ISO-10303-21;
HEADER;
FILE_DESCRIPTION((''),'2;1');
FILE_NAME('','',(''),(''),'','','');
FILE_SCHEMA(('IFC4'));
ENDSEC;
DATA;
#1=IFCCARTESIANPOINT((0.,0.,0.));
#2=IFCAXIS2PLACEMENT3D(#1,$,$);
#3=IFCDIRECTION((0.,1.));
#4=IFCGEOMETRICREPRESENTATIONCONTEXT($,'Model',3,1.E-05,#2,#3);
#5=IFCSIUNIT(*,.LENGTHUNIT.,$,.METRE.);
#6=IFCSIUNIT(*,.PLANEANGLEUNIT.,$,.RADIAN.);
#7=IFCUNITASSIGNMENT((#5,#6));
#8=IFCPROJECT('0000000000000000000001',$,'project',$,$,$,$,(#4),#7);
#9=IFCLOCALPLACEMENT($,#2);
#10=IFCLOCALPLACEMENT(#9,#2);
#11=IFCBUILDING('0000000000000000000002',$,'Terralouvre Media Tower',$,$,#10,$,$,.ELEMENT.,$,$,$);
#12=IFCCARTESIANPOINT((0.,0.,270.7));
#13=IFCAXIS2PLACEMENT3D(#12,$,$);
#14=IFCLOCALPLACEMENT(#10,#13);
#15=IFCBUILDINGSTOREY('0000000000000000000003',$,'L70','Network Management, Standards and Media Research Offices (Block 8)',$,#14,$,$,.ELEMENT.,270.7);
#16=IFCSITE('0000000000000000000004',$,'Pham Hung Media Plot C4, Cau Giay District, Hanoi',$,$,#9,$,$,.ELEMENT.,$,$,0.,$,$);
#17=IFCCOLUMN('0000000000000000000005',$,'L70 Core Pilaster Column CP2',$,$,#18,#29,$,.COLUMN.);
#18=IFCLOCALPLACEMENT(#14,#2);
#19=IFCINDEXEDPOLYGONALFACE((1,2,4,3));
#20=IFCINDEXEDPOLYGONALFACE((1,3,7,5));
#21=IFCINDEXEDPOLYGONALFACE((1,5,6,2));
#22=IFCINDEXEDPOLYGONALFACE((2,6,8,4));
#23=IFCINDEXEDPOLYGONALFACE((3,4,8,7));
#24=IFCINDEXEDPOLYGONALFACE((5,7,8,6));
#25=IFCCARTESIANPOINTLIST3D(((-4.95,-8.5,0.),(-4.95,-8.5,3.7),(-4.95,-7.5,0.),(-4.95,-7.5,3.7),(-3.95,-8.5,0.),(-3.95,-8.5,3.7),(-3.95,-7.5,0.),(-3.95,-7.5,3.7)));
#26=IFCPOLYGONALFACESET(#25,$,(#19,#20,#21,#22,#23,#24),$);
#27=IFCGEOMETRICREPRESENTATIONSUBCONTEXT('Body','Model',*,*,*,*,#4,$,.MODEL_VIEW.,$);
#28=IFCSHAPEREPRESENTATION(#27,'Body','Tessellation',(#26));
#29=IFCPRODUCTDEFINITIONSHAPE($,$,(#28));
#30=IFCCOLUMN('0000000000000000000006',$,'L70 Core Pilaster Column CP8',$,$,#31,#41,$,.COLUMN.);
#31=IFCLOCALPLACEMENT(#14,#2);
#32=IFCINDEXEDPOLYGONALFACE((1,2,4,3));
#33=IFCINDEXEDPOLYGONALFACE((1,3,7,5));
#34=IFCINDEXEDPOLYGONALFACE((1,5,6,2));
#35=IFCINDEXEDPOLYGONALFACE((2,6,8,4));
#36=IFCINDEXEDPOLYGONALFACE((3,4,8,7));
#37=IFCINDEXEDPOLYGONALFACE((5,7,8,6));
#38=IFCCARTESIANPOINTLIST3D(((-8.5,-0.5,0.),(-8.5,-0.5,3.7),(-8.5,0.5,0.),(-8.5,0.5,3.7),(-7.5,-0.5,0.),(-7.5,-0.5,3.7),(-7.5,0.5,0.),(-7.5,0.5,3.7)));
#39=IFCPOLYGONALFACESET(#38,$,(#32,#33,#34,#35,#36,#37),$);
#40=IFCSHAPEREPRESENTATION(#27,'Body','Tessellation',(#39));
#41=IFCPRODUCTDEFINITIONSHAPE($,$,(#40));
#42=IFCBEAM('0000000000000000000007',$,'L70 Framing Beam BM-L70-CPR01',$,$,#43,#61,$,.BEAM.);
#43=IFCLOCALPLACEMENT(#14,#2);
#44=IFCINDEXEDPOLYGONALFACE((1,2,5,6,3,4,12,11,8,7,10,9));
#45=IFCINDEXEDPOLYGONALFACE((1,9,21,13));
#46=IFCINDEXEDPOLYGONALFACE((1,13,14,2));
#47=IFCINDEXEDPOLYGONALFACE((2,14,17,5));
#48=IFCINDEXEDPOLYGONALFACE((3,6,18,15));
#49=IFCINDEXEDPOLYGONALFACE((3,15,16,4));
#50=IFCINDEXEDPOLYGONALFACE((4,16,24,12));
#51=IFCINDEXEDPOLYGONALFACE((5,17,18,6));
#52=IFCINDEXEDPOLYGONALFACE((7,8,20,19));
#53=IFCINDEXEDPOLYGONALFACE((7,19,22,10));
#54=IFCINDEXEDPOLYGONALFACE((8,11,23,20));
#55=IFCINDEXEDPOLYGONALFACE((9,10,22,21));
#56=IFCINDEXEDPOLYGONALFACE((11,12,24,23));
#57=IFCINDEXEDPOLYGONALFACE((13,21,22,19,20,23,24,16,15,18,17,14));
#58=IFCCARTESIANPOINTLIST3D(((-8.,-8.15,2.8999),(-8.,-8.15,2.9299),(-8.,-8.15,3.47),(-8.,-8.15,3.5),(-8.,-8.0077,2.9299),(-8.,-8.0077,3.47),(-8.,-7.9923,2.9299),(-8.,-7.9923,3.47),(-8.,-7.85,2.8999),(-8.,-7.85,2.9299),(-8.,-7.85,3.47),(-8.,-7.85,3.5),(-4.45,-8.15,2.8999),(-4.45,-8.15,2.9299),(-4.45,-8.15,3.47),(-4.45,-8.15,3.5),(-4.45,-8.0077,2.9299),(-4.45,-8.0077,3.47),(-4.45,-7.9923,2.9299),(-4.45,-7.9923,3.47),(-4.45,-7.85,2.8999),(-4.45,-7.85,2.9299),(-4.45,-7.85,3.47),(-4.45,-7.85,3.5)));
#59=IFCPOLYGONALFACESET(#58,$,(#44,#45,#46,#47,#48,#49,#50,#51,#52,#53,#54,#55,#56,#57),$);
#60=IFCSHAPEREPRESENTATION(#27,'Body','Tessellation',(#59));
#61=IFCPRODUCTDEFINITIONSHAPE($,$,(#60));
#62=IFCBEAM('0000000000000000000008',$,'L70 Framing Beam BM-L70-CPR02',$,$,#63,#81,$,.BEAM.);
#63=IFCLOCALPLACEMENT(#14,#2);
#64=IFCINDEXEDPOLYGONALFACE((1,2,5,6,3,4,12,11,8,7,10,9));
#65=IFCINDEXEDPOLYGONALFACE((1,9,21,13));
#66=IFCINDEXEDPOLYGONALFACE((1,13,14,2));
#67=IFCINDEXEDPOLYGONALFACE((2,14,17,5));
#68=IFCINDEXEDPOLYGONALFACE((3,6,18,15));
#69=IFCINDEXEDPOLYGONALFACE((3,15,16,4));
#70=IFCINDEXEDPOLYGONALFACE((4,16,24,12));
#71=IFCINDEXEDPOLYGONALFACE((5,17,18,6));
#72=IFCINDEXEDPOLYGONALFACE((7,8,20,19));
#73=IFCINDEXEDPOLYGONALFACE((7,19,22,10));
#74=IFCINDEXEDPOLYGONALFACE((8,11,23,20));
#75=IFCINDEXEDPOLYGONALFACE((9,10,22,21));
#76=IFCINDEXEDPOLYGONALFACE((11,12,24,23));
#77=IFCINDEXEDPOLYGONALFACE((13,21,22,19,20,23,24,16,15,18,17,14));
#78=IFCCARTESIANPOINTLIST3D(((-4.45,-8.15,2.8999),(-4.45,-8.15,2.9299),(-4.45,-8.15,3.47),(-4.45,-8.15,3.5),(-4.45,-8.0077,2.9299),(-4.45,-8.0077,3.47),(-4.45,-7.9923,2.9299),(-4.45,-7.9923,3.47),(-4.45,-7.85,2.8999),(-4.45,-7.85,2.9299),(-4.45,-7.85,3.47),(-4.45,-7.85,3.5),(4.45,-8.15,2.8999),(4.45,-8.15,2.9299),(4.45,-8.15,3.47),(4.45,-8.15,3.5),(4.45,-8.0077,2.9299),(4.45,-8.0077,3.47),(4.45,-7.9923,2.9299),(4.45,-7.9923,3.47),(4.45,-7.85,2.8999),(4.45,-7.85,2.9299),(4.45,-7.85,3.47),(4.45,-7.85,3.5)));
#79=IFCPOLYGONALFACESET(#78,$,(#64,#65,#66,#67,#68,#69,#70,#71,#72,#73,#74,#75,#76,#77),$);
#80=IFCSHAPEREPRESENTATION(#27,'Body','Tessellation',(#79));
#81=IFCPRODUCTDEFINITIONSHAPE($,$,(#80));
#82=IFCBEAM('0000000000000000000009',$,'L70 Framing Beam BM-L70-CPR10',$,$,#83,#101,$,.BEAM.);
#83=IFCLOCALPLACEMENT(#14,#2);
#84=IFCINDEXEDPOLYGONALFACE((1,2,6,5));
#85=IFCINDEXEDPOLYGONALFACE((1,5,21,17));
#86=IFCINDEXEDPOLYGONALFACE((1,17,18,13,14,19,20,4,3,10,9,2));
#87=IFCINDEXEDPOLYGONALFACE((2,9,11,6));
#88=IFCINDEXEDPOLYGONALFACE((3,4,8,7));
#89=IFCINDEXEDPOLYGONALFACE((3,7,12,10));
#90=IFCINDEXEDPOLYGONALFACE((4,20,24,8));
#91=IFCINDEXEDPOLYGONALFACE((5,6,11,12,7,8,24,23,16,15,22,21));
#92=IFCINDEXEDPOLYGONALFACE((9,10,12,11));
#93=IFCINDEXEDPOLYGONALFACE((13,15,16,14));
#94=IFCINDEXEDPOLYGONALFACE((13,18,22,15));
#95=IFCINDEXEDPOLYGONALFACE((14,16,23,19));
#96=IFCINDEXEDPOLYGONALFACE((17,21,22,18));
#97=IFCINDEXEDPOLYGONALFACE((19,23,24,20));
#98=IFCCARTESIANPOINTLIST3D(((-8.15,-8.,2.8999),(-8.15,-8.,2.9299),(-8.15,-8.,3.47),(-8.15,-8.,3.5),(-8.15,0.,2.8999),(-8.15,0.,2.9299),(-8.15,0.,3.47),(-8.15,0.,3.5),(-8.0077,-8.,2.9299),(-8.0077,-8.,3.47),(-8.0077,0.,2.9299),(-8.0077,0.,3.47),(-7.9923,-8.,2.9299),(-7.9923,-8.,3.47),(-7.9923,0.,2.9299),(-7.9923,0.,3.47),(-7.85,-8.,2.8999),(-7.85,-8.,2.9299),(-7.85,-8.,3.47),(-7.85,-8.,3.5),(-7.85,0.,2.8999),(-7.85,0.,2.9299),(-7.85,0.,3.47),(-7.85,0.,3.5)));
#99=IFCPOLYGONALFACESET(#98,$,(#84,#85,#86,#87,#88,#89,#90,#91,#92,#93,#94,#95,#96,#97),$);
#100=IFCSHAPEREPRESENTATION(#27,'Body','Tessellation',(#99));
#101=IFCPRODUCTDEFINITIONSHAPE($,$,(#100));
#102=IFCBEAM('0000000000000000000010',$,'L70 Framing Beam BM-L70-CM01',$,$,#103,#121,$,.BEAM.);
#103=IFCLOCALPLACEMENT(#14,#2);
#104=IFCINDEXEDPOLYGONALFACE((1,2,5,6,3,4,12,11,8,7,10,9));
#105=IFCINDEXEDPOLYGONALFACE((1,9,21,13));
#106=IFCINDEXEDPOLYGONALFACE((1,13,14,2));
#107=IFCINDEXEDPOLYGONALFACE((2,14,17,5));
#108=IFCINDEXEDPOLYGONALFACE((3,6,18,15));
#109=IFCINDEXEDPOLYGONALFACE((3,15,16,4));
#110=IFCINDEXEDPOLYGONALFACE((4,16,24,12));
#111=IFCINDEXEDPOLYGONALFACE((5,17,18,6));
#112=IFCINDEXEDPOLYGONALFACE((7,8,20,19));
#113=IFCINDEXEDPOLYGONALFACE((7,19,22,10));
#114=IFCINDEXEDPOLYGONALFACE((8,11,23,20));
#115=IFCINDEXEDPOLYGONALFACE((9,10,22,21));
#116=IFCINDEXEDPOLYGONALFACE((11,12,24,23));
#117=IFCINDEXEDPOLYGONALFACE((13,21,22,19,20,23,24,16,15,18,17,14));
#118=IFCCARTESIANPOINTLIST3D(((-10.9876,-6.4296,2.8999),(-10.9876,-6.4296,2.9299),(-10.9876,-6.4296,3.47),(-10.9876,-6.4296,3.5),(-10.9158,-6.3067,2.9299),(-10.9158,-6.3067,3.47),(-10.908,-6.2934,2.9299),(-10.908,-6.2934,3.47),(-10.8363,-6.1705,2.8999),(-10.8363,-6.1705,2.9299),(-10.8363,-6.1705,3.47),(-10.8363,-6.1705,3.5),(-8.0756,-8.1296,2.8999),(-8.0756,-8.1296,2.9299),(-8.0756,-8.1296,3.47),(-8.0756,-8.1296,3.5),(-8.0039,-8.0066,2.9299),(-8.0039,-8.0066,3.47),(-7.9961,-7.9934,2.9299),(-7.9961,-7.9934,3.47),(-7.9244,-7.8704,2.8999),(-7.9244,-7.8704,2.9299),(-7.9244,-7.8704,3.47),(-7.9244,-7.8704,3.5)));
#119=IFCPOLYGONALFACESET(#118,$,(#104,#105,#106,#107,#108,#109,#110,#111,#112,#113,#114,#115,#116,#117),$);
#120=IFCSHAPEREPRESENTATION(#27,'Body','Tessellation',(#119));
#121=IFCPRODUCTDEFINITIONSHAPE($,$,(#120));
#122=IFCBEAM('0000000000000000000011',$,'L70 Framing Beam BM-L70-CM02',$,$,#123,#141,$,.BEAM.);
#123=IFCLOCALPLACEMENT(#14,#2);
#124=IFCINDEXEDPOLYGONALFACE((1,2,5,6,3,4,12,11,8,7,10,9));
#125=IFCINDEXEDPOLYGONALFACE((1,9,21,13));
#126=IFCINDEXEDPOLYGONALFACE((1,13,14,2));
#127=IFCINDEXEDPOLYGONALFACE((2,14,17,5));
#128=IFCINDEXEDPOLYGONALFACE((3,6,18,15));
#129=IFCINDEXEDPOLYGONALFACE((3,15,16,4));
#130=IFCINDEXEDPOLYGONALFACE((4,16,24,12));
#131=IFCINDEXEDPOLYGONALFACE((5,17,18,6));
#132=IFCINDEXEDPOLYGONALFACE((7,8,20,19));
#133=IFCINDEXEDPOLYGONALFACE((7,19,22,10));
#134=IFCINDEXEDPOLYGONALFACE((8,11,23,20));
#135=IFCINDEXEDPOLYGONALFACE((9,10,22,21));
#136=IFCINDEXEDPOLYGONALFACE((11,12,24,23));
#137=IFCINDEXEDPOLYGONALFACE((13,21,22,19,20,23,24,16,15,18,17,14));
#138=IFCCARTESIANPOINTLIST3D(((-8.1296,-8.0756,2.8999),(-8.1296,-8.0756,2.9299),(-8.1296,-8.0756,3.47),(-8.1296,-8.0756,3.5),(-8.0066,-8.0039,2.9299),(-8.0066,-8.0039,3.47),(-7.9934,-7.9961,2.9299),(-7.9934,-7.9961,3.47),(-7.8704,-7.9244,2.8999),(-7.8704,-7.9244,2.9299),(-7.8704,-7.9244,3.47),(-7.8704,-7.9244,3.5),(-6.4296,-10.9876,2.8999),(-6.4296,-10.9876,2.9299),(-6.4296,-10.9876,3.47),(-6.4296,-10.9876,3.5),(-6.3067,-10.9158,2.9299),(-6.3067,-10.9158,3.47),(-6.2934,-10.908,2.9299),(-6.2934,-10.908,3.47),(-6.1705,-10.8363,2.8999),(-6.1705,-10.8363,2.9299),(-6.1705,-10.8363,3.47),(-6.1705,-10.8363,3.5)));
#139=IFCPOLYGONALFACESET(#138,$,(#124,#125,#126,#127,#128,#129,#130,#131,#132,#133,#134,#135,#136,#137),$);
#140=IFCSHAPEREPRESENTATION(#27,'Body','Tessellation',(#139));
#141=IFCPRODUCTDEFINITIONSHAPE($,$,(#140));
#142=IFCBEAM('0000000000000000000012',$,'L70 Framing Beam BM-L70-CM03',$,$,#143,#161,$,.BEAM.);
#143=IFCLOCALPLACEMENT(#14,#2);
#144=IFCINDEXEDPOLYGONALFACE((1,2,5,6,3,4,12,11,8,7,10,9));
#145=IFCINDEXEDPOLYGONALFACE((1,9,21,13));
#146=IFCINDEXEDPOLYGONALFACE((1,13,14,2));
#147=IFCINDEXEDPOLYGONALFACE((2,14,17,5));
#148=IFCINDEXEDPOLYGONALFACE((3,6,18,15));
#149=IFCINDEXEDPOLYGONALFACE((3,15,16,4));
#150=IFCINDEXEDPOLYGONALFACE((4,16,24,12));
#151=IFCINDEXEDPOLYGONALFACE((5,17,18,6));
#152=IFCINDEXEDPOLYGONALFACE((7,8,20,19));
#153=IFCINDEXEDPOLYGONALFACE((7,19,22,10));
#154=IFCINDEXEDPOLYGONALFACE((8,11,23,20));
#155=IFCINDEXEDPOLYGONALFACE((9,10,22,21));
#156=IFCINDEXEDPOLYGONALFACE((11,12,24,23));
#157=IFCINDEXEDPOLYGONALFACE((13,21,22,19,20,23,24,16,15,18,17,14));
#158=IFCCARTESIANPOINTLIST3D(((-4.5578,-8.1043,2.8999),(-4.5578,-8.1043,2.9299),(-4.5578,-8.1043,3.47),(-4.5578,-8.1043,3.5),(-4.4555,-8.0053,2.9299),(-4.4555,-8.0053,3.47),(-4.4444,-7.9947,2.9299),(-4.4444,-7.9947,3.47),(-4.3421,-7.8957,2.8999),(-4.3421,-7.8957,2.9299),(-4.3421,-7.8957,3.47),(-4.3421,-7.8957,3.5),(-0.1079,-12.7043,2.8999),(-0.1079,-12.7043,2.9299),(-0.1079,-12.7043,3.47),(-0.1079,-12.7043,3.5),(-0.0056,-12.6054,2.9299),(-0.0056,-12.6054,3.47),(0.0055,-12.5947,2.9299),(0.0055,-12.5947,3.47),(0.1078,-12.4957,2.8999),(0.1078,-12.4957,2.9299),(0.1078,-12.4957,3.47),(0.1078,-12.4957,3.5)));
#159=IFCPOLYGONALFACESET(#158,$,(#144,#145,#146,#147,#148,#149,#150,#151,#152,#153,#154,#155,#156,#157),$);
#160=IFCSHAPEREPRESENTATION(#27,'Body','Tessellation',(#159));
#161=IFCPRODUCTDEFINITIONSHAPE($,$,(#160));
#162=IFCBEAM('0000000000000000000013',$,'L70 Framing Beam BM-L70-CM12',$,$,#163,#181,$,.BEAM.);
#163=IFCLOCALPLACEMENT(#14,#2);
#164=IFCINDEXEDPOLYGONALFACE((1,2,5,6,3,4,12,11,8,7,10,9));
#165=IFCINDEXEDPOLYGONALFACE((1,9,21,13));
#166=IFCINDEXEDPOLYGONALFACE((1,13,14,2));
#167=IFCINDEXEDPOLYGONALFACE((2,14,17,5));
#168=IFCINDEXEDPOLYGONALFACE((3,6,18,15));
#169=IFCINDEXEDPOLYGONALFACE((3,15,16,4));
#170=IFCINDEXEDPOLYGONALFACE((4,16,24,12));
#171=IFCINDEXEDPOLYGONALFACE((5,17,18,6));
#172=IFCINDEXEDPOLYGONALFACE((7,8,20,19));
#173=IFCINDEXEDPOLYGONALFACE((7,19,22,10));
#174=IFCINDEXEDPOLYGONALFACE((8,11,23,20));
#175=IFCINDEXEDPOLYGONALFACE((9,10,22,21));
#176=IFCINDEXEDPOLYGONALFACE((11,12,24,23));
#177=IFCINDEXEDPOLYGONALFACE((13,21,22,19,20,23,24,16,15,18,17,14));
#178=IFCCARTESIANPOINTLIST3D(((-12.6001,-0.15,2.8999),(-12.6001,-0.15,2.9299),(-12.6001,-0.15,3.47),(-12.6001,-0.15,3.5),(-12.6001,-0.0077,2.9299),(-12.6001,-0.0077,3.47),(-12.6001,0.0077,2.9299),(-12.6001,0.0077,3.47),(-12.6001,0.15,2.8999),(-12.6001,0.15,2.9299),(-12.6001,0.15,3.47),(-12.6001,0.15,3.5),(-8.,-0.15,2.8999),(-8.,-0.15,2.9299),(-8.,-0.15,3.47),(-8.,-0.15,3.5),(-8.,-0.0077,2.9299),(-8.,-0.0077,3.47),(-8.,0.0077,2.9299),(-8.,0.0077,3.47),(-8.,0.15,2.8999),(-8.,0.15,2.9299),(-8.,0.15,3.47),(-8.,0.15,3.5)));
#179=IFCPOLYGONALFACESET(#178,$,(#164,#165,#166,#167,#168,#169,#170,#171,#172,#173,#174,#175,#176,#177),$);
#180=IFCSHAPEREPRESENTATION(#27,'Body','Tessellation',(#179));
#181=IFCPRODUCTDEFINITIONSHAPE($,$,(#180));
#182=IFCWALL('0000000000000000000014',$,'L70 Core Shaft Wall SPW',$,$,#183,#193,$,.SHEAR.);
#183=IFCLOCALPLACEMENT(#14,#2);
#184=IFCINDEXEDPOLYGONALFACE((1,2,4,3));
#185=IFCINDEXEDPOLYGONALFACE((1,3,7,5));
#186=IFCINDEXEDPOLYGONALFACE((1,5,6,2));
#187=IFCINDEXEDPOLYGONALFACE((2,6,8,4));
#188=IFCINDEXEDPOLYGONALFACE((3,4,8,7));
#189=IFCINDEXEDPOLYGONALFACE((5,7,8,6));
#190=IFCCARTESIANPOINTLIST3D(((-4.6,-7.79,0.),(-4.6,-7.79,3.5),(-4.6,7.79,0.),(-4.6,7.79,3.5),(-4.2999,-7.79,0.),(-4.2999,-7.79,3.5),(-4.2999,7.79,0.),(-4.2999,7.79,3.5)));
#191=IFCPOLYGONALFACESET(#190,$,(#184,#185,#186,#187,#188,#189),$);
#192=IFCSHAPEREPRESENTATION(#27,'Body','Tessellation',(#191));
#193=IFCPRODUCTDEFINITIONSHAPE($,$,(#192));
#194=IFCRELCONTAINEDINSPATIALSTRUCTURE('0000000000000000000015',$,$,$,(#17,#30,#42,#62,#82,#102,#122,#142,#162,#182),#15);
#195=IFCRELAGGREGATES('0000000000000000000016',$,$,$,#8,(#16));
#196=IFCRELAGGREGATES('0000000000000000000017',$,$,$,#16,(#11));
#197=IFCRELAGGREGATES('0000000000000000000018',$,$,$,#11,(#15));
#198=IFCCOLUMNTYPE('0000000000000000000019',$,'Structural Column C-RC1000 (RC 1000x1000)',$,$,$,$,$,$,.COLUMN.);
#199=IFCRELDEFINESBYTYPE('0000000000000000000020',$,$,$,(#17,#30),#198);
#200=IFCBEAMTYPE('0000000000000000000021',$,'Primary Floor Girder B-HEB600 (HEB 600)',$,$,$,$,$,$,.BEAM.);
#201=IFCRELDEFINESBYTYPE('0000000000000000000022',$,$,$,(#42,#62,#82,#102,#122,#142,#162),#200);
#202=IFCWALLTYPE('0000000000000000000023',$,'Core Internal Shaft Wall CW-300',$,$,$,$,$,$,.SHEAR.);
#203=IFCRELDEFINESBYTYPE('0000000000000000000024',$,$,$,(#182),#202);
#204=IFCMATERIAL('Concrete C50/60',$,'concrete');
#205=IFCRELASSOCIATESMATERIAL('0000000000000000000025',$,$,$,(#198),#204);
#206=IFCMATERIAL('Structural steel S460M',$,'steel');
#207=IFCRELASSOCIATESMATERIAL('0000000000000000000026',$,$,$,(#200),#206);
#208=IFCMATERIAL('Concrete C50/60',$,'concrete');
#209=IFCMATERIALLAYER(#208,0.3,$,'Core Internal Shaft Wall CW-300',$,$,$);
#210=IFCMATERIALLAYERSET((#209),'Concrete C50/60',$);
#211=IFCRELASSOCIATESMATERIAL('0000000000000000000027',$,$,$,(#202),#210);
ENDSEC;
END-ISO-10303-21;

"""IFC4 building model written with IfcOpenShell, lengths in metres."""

from ifc_helpers import new_model, si_unit, direction, frame, frame_2d, origin, origin_2d, place, context, subcontext, project, spatial, rectangle, i_section, extrude, material, layer, layer_set, material_profile, profile_set, type_object, element, save


model = new_model("IFC4")

# Units and contexts
model_context = context("Model", 3, precision=1e-05, world=origin(), true_north=direction((0.0, 1.0)))
body_context = subcontext(model_context, "Body", "Model", "MODEL_VIEW")
ifc_project = project(units=[si_unit("LENGTHUNIT", "METRE"), si_unit("PLANEANGLEUNIT", "RADIAN")], contexts=[model_context])

# Site, building, storey
site_placement = place(None, origin())
site = spatial("IfcSite", under=ifc_project, at=site_placement, Name="Pham Hung Media Plot C4, Cau Giay District, Hanoi", CompositionType="ELEMENT", RefElevation=0.0)
building_placement = place(site_placement, origin())
building = spatial("IfcBuilding", under=site, at=building_placement, Name="Terralouvre Media Tower", CompositionType="ELEMENT")
storey_placement = place(building_placement, frame((0.0, 0.0, 270.7)))
storey = spatial("IfcBuildingStorey", under=building, at=storey_placement, Name="L70", Description="Network Management, Standards and Media Research Offices (Block 8)", CompositionType="ELEMENT", Elevation=270.7)

# Columns
ifc_material_1 = material(Name="Concrete C50/60", Category="concrete")
ifc_material_profile_1 = material_profile(ifc_material_1, rectangle(XDim=1.0, YDim=1.0, at=origin_2d()), Name="RC 1000x1000")
ifc_profile_set_1 = profile_set([ifc_material_profile_1], Name="Concrete C50/60")
column_type = type_object("IfcColumnType", Name="Structural Column C-RC1000 (RC 1000x1000)", PredefinedType="COLUMN", material=ifc_profile_set_1)
for number, where, z_axis, x_axis, name in (
    (1, (-4.45, -8.0, 0.0), (0.0, 0.0, 1.0), (1.0, 0.0, 0.0), "L70 Core Pilaster Column CP2"),
    (2, (-8.0, 0.0, 0.0), (0.0, 0.0, 1.0), (1.0, 0.0, 0.0), "L70 Core Pilaster Column CP8"),
):
    element("IfcColumn", number, at=place(storey_placement, frame(where, z_axis=z_axis, x_axis=x_axis)), inside=storey, type_object=column_type, Name=name, PredefinedType="COLUMN", context=body_context, shape_type="SweptSolid", body=[
        extrude(rectangle(XDim=1.0, YDim=1.0, at=origin_2d()), origin(), (0.0, 0.0, 1.0), 3.7),
    ])

# Beams
ifc_material_2 = material(Name="Structural steel S460M", Category="steel")
ifc_material_profile_2 = material_profile(ifc_material_2, i_section(OverallWidth=0.3, OverallDepth=0.6001, WebThickness=0.0154, FlangeThickness=0.03, at=origin_2d()), Name="HEB 600")
ifc_profile_set_2 = profile_set([ifc_material_profile_2], Name="Structural steel S460M")
beam_type = type_object("IfcBeamType", Name="Primary Floor Girder B-HEB600 (HEB 600)", PredefinedType="BEAM", material=ifc_profile_set_2)
beam_1_placement = place(storey_placement, frame((-8.0, -8.0, 3.2), z_axis=(1.0, 0.0, 0.0), x_axis=(0.0, 1.0, 0.0)))
element("IfcBeam", 3, at=beam_1_placement, inside=storey, type_object=beam_type, Name="L70 Framing Beam BM-L70-CPR01", PredefinedType="BEAM", context=body_context, shape_type="SweptSolid", body=[
    extrude(i_section(OverallWidth=0.3, OverallDepth=0.6001, WebThickness=0.0154, FlangeThickness=0.03, at=origin_2d()), origin(), (0.0, 0.0, 1.0), 3.55),
])
beam_2_placement = place(storey_placement, frame((-4.45, -8.0, 3.2), z_axis=(1.0, 0.0, 0.0), x_axis=(0.0, 1.0, 0.0)))
element("IfcBeam", 4, at=beam_2_placement, inside=storey, type_object=beam_type, Name="L70 Framing Beam BM-L70-CPR02", PredefinedType="BEAM", context=body_context, shape_type="SweptSolid", body=[
    extrude(i_section(OverallWidth=0.3, OverallDepth=0.6001, WebThickness=0.0154, FlangeThickness=0.03, at=origin_2d()), origin(), (0.0, 0.0, 1.0), 8.8999),
])
beam_3_placement = place(storey_placement, frame((-8.0, 0.0, 3.2), z_axis=(0.0, -1.0, 0.0), x_axis=(1.0, 0.0, 0.0)))
element("IfcBeam", 5, at=beam_3_placement, inside=storey, type_object=beam_type, Name="L70 Framing Beam BM-L70-CPR10", PredefinedType="BEAM", context=body_context, shape_type="SweptSolid", body=[
    extrude(i_section(OverallWidth=0.3, OverallDepth=0.6001, WebThickness=0.0154, FlangeThickness=0.03, at=origin_2d()), origin(), (0.0, 0.0, 1.0), 8.0),
])
for number, where, z_axis, x_axis, name in (
    (6, (-8.0, -8.0, 3.2), (-0.863603, 0.504173, 0.0), (-0.504173, -0.863603, 0.0), "L70 Framing Beam BM-L70-CM01"),
    (7, (-8.0, -8.0, 3.2), (0.504173, -0.863603, 0.0), (0.863603, 0.504173, 0.0), "L70 Framing Beam BM-L70-CM02"),
):
    element("IfcBeam", number, at=place(storey_placement, frame(where, z_axis=z_axis, x_axis=x_axis)), inside=storey, type_object=beam_type, Name=name, PredefinedType="BEAM", context=body_context, shape_type="SweptSolid", body=[
        extrude(i_section(OverallWidth=0.3, OverallDepth=0.6001, WebThickness=0.0154, FlangeThickness=0.03, at=origin_2d()), origin(), (0.0, 0.0, 1.0), 3.3718),
    ])
beam_4_placement = place(storey_placement, frame((-4.45, -8.0, 3.2), z_axis=(0.69528, -0.718739, 0.0), x_axis=(0.718739, 0.69528, 0.0)))
element("IfcBeam", 8, at=beam_4_placement, inside=storey, type_object=beam_type, Name="L70 Framing Beam BM-L70-CM03", PredefinedType="BEAM", context=body_context, shape_type="SweptSolid", body=[
    extrude(i_section(OverallWidth=0.3, OverallDepth=0.6001, WebThickness=0.0154, FlangeThickness=0.03, at=origin_2d()), origin(), (0.0, 0.0, 1.0), 6.4001),
])
beam_5_placement = place(storey_placement, frame((-8.0, 0.0, 3.2), z_axis=(-1.0, 0.0, 0.0), x_axis=(0.0, -1.0, 0.0)))
element("IfcBeam", 9, at=beam_5_placement, inside=storey, type_object=beam_type, Name="L70 Framing Beam BM-L70-CM12", PredefinedType="BEAM", context=body_context, shape_type="SweptSolid", body=[
    extrude(i_section(OverallWidth=0.3, OverallDepth=0.6001, WebThickness=0.0154, FlangeThickness=0.03, at=origin_2d()), origin(), (0.0, 0.0, 1.0), 4.6001),
])

# Wall
ifc_material_3 = material(Name="Concrete C50/60", Category="concrete")
ifc_layer_1 = layer(ifc_material_3, 0.3, Name="Core Internal Shaft Wall CW-300")
ifc_layer_set_1 = layer_set([ifc_layer_1], Name="Concrete C50/60")
wall_type_1 = type_object("IfcWallType", Name="Core Internal Shaft Wall CW-300", PredefinedType="SHEAR", material=ifc_layer_set_1)
wall_1_placement = place(storey_placement, frame((-4.45, -7.79, 0.0), z_axis=(0.0, 0.0, 1.0), x_axis=(0.0, 1.0, 0.0)))
element("IfcWall", 10, at=wall_1_placement, inside=storey, type_object=wall_type_1, Name="L70 Core Shaft Wall SPW", PredefinedType="SHEAR", context=body_context, shape_type="SweptSolid", body=[
    extrude(rectangle(XDim=15.5801, YDim=0.3, at=frame_2d((7.79, 0.0))), origin(), (0.0, 0.0, 1.0), 3.5),
])

save(model, "model.ifc")
